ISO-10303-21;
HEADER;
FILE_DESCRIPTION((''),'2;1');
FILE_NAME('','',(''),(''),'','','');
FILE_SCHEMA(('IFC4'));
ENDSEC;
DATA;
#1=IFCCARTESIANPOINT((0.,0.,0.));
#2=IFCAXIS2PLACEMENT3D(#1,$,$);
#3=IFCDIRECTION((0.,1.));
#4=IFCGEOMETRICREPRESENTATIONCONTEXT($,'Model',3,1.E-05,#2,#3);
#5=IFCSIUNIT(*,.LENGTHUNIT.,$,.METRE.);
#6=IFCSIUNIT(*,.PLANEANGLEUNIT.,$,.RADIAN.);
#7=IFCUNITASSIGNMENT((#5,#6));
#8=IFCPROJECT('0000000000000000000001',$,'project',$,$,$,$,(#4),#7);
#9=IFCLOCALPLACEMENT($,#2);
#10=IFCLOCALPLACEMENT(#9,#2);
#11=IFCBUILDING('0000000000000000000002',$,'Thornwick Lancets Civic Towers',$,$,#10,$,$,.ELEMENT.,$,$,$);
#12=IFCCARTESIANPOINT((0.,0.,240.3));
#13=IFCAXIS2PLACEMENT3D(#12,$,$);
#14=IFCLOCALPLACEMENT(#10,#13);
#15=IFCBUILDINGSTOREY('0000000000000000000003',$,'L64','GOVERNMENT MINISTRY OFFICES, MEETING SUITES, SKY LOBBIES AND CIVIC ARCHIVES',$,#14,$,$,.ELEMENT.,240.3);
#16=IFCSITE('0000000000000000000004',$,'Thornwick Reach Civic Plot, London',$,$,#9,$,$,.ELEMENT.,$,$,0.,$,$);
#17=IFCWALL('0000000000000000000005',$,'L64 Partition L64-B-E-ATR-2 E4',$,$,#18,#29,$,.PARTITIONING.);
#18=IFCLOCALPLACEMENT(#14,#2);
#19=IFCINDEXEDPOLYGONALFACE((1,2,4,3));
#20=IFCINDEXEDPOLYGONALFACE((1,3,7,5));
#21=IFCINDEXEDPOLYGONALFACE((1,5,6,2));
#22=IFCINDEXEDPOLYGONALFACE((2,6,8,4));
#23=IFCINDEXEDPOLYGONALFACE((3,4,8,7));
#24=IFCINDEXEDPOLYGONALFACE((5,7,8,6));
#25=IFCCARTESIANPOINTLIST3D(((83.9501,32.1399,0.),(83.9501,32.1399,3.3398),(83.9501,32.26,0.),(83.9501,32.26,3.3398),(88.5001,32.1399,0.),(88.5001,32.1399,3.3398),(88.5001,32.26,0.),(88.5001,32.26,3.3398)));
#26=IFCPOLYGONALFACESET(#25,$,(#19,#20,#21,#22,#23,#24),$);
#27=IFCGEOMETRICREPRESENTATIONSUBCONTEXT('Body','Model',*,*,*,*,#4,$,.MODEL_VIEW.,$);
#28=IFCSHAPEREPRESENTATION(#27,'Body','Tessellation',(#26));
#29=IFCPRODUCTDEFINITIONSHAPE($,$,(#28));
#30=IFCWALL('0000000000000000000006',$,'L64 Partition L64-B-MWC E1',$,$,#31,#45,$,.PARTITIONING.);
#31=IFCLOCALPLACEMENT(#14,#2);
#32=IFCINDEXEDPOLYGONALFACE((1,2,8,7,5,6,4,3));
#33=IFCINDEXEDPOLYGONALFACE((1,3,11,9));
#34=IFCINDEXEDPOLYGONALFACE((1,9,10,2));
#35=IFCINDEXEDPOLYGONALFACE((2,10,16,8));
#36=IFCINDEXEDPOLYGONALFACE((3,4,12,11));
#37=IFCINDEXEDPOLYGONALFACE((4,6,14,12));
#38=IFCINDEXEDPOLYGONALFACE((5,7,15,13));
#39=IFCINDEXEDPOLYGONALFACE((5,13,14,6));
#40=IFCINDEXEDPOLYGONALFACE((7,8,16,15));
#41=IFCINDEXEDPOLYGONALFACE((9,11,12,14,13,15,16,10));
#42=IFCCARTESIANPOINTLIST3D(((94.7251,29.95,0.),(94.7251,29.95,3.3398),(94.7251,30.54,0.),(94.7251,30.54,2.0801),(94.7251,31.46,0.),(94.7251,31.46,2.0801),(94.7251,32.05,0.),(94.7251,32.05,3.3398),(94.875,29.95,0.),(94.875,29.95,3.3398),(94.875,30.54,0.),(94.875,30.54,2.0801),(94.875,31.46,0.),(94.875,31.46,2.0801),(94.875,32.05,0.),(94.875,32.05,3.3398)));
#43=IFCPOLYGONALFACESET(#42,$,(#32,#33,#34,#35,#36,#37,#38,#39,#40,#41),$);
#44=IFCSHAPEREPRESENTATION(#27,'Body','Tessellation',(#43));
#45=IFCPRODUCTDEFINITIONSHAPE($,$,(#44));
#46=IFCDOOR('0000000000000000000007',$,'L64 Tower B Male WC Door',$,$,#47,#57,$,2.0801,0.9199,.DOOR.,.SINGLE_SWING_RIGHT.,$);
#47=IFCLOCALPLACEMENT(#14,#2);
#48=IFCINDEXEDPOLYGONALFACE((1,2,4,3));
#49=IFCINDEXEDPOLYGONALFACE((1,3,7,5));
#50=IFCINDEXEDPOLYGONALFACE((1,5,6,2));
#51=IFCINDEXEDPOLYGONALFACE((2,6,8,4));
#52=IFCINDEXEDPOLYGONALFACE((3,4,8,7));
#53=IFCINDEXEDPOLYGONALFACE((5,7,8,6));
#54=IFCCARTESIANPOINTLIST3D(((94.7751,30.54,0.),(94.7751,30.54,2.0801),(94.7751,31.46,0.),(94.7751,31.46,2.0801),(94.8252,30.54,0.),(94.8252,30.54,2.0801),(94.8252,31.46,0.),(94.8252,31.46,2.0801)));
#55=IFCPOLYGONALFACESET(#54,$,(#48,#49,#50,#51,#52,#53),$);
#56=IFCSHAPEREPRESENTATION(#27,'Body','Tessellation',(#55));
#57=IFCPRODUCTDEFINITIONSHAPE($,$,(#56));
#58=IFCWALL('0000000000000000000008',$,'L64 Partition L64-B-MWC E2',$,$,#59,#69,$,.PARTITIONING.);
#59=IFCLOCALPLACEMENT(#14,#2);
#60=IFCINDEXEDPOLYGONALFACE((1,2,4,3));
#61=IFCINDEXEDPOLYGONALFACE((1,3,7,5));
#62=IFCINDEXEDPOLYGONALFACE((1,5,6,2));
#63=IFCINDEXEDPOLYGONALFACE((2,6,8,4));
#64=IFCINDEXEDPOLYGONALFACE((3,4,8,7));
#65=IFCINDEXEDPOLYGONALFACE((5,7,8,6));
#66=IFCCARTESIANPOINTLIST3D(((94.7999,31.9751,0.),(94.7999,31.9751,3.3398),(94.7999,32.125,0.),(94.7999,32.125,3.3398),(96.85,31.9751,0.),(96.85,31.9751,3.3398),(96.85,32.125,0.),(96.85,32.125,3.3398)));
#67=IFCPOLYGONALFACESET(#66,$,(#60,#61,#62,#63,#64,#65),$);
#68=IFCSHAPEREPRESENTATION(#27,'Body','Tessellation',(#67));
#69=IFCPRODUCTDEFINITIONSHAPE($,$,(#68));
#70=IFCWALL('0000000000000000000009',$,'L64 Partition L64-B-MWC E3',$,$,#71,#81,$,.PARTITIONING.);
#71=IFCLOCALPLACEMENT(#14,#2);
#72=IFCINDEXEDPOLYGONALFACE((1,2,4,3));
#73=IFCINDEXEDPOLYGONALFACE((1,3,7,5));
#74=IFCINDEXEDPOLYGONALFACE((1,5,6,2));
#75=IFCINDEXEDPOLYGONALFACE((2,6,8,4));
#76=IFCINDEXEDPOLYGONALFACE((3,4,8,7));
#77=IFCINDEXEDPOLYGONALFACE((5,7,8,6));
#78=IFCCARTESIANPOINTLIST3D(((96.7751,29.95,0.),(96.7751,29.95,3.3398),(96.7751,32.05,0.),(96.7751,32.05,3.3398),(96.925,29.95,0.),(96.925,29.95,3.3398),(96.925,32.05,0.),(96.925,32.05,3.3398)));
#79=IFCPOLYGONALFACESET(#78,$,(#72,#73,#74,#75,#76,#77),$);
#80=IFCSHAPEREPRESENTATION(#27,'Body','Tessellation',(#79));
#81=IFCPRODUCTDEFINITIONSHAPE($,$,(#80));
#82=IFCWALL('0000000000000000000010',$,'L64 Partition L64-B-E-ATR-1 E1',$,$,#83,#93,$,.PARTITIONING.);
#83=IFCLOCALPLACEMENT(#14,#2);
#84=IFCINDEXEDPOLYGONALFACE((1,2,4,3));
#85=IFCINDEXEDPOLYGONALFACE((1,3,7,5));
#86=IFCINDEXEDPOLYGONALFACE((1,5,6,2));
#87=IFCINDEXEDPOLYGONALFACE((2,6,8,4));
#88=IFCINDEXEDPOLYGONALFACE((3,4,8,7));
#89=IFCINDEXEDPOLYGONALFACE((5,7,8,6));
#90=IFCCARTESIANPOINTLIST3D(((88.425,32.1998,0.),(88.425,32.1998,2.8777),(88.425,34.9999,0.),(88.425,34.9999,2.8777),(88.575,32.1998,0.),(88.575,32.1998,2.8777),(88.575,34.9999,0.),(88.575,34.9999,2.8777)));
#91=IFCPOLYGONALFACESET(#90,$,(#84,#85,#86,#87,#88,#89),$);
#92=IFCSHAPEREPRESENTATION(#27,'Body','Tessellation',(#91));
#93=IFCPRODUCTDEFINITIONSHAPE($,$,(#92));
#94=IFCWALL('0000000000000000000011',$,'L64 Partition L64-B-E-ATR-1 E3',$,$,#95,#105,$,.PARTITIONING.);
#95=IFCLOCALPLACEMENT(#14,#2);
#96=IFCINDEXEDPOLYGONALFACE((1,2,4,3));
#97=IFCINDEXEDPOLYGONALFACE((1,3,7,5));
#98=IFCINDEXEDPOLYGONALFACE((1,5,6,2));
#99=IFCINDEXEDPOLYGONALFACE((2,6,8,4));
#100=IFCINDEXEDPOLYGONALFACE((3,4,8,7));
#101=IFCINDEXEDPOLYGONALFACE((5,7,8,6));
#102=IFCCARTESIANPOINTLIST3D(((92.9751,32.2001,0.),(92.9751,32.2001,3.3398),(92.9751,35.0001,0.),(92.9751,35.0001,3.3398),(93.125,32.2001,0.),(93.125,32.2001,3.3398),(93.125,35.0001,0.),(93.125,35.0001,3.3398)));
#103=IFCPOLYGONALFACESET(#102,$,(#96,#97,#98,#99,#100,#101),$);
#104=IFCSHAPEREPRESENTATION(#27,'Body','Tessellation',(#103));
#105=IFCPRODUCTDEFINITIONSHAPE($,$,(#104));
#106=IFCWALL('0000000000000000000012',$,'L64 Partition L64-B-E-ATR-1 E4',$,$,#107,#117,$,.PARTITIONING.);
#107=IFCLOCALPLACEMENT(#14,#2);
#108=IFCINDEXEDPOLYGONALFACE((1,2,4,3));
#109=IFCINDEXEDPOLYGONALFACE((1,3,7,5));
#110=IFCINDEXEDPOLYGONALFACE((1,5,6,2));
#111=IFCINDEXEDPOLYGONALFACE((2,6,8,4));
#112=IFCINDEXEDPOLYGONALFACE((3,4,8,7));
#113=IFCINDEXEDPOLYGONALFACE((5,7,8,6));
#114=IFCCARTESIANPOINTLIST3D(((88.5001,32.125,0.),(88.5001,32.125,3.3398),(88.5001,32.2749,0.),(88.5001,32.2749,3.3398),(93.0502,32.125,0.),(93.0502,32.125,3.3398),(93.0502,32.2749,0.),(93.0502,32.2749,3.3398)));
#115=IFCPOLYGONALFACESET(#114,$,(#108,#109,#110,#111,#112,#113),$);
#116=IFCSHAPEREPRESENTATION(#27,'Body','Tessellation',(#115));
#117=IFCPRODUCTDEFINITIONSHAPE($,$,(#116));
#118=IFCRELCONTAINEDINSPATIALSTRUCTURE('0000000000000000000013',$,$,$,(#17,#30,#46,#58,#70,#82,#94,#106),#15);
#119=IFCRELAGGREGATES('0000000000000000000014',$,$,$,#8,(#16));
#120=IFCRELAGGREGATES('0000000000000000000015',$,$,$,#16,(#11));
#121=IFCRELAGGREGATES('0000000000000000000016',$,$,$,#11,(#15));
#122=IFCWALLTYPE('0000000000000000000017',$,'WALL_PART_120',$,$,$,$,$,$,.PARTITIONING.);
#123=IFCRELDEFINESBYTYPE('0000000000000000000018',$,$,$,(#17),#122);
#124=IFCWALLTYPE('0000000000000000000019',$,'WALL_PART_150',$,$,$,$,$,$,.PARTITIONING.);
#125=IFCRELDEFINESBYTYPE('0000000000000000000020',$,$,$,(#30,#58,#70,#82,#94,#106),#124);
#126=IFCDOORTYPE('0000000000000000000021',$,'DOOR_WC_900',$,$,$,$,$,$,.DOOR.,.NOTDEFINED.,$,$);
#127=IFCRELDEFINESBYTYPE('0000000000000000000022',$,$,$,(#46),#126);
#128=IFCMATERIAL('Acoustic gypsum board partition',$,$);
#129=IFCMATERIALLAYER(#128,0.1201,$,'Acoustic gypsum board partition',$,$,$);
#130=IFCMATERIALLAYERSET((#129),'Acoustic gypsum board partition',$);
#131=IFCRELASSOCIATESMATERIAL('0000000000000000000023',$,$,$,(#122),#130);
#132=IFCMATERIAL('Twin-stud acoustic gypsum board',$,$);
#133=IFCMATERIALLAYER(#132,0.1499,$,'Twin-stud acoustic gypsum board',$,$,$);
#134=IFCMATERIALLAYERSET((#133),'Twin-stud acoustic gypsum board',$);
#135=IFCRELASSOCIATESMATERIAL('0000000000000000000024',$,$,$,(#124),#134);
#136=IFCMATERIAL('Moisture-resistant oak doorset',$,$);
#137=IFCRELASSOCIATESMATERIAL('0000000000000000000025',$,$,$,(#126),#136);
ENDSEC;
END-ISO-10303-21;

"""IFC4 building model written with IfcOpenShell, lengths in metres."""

from ifc_helpers import new_model, si_unit, direction, frame, frame_2d, origin, place, context, subcontext, project, spatial, rectangle, extrude, material, layer, layer_set, type_object, element, fill, save


model = new_model("IFC4")

# Units and contexts
model_context = context("Model", 3, precision=1e-05, world=origin(), true_north=direction((0.0, 1.0)))
body_context = subcontext(model_context, "Body", "Model", "MODEL_VIEW")
ifc_project = project(units=[si_unit("LENGTHUNIT", "METRE"), si_unit("PLANEANGLEUNIT", "RADIAN")], contexts=[model_context])

# Site, building, storey
site_placement = place(None, origin())
site = spatial("IfcSite", under=ifc_project, at=site_placement, Name="Thornwick Reach Civic Plot, London", CompositionType="ELEMENT", RefElevation=0.0)
building_placement = place(site_placement, origin())
building = spatial("IfcBuilding", under=site, at=building_placement, Name="Thornwick Lancets Civic Towers", CompositionType="ELEMENT")
storey_placement = place(building_placement, frame((0.0, 0.0, 240.3)))
storey = spatial("IfcBuildingStorey", under=building, at=storey_placement, Name="L64", Description="GOVERNMENT MINISTRY OFFICES, MEETING SUITES, SKY LOBBIES AND CIVIC ARCHIVES", CompositionType="ELEMENT", Elevation=240.3)

# Shared definitions
ifc_material_1 = material(Name="Acoustic gypsum board partition")
ifc_layer_1 = layer(ifc_material_1, 0.1201, Name="Acoustic gypsum board partition")
ifc_layer_set_1 = layer_set([ifc_layer_1], Name="Acoustic gypsum board partition")
wall_type_1 = type_object("IfcWallType", Name="WALL_PART_120", PredefinedType="PARTITIONING", material=ifc_layer_set_1)

# Wall
wall_1_placement = place(storey_placement, frame((88.5, 32.2, 0.0), z_axis=(0.0, 0.0, 1.0), x_axis=(-1.0, 0.0, 0.0)))
element("IfcWall", 1, at=wall_1_placement, inside=storey, type_object=wall_type_1, Name="L64 Partition L64-B-E-ATR-2 E4", PredefinedType="PARTITIONING", context=body_context, shape_type="SweptSolid", body=[
    extrude(rectangle(XDim=4.55, YDim=0.1201, at=frame_2d((2.2749, 0.0))), origin(), (0.0, 0.0, 1.0), 3.3398),
])

# Wall, opening, door
ifc_material_2 = material(Name="Twin-stud acoustic gypsum board")
ifc_layer_2 = layer(ifc_material_2, 0.1499, Name="Twin-stud acoustic gypsum board")
ifc_layer_set_2 = layer_set([ifc_layer_2], Name="Twin-stud acoustic gypsum board")
wall_type_2 = type_object("IfcWallType", Name="WALL_PART_150", PredefinedType="PARTITIONING", material=ifc_layer_set_2)
wall_2_placement = place(storey_placement, frame((94.8, 29.95, 0.0), z_axis=(0.0, 0.0, 1.0), x_axis=(0.0, 1.0, 0.0)))
wall_2 = element("IfcWall", 2, at=wall_2_placement, inside=storey, type_object=wall_type_2, Name="L64 Partition L64-B-MWC E1", PredefinedType="PARTITIONING", context=body_context, shape_type="SweptSolid", body=[
    extrude(rectangle(XDim=2.1001, YDim=0.1499, at=frame_2d((1.05, 0.0))), origin(), (0.0, 0.0, 1.0), 3.3398),
])
opening_1_placement = place(wall_2_placement, frame((0.5901, 0.0, 0.0)))
opening_1 = element("IfcOpeningElement", 3, at=opening_1_placement, cuts=wall_2, PredefinedType="OPENING", context=body_context, shape_type="SweptSolid", body=[
    extrude(rectangle(XDim=0.9199, YDim=2.0801, at=frame_2d((0.46, 1.04))), frame((0.0, 0.085, 0.0), z_axis=(0.0, -1.0, 0.0), x_axis=(1.0, 0.0, 0.0)), (0.0, 0.0, 1.0), 0.1699),
])
ifc_material_3 = material(Name="Moisture-resistant oak doorset")
door_type_1 = type_object("IfcDoorType", Name="DOOR_WC_900", OperationType="NOTDEFINED", PredefinedType="DOOR", material=ifc_material_3)
door_1_placement = place(opening_1_placement, origin())
door_1 = element("IfcDoor", 4, at=door_1_placement, inside=storey, type_object=door_type_1, Name="L64 Tower B Male WC Door", OperationType="SINGLE_SWING_RIGHT", OverallHeight=2.0801, OverallWidth=0.9199, PredefinedType="DOOR", context=body_context, shape_type="SweptSolid", body=[
    extrude(rectangle(XDim=0.9199, YDim=2.0801, at=frame_2d((0.46, 1.04))), frame((0.0, 0.0249, 0.0), z_axis=(0.0, -1.0, 0.0), x_axis=(1.0, 0.0, 0.0)), (0.0, 0.0, 1.0), 0.05),
])
fill(opening_1, door_1)

# Walls
wall_3_placement = place(storey_placement, frame((94.8, 32.05, 0.0), z_axis=(0.0, 0.0, 1.0), x_axis=(1.0, 0.0, 0.0)))
element("IfcWall", 5, at=wall_3_placement, inside=storey, type_object=wall_type_2, Name="L64 Partition L64-B-MWC E2", PredefinedType="PARTITIONING", context=body_context, shape_type="SweptSolid", body=[
    extrude(rectangle(XDim=2.05, YDim=0.1499, at=frame_2d((1.0249, 0.0))), origin(), (0.0, 0.0, 1.0), 3.3398),
])
wall_4_placement = place(storey_placement, frame((96.8501, 32.05, 0.0), z_axis=(0.0, 0.0, 1.0), x_axis=(0.0, -1.0, 0.0)))
element("IfcWall", 6, at=wall_4_placement, inside=storey, type_object=wall_type_2, Name="L64 Partition L64-B-MWC E3", PredefinedType="PARTITIONING", context=body_context, shape_type="SweptSolid", body=[
    extrude(rectangle(XDim=2.1001, YDim=0.1499, at=frame_2d((1.05, 0.0))), origin(), (0.0, 0.0, 1.0), 3.3398),
])
wall_5_placement = place(storey_placement, frame((88.5, 32.2, 0.0), z_axis=(0.0, 0.0, 1.0), x_axis=(0.0, 1.0, 0.0)))
element("IfcWall", 7, at=wall_5_placement, inside=storey, type_object=wall_type_2, Name="L64 Partition L64-B-E-ATR-1 E1", PredefinedType="PARTITIONING", context=body_context, shape_type="SweptSolid", body=[
    extrude(rectangle(XDim=2.8, YDim=0.1499, at=frame_2d((1.3999, 0.0))), origin(), (0.0, 0.0, 1.0), 2.8777),
])

# Walls
wall_6_placement = place(storey_placement, frame((93.05, 35.0, 0.0), z_axis=(0.0, 0.0, 1.0), x_axis=(0.0, -1.0, 0.0)))
element("IfcWall", 8, at=wall_6_placement, inside=storey, type_object=wall_type_2, Name="L64 Partition L64-B-E-ATR-1 E3", PredefinedType="PARTITIONING", context=body_context, shape_type="SweptSolid", body=[
    extrude(rectangle(XDim=2.8, YDim=0.1499, at=frame_2d((1.3999, 0.0))), origin(), (0.0, 0.0, 1.0), 3.3398),
])
wall_7_placement = place(storey_placement, frame((93.05, 32.2, 0.0), z_axis=(0.0, 0.0, 1.0), x_axis=(-1.0, 0.0, 0.0)))
element("IfcWall", 9, at=wall_7_placement, inside=storey, type_object=wall_type_2, Name="L64 Partition L64-B-E-ATR-1 E4", PredefinedType="PARTITIONING", context=body_context, shape_type="SweptSolid", body=[
    extrude(rectangle(XDim=4.55, YDim=0.1499, at=frame_2d((2.2749, 0.0))), origin(), (0.0, 0.0, 1.0), 3.3398),
])

save(model, "model.ifc")
